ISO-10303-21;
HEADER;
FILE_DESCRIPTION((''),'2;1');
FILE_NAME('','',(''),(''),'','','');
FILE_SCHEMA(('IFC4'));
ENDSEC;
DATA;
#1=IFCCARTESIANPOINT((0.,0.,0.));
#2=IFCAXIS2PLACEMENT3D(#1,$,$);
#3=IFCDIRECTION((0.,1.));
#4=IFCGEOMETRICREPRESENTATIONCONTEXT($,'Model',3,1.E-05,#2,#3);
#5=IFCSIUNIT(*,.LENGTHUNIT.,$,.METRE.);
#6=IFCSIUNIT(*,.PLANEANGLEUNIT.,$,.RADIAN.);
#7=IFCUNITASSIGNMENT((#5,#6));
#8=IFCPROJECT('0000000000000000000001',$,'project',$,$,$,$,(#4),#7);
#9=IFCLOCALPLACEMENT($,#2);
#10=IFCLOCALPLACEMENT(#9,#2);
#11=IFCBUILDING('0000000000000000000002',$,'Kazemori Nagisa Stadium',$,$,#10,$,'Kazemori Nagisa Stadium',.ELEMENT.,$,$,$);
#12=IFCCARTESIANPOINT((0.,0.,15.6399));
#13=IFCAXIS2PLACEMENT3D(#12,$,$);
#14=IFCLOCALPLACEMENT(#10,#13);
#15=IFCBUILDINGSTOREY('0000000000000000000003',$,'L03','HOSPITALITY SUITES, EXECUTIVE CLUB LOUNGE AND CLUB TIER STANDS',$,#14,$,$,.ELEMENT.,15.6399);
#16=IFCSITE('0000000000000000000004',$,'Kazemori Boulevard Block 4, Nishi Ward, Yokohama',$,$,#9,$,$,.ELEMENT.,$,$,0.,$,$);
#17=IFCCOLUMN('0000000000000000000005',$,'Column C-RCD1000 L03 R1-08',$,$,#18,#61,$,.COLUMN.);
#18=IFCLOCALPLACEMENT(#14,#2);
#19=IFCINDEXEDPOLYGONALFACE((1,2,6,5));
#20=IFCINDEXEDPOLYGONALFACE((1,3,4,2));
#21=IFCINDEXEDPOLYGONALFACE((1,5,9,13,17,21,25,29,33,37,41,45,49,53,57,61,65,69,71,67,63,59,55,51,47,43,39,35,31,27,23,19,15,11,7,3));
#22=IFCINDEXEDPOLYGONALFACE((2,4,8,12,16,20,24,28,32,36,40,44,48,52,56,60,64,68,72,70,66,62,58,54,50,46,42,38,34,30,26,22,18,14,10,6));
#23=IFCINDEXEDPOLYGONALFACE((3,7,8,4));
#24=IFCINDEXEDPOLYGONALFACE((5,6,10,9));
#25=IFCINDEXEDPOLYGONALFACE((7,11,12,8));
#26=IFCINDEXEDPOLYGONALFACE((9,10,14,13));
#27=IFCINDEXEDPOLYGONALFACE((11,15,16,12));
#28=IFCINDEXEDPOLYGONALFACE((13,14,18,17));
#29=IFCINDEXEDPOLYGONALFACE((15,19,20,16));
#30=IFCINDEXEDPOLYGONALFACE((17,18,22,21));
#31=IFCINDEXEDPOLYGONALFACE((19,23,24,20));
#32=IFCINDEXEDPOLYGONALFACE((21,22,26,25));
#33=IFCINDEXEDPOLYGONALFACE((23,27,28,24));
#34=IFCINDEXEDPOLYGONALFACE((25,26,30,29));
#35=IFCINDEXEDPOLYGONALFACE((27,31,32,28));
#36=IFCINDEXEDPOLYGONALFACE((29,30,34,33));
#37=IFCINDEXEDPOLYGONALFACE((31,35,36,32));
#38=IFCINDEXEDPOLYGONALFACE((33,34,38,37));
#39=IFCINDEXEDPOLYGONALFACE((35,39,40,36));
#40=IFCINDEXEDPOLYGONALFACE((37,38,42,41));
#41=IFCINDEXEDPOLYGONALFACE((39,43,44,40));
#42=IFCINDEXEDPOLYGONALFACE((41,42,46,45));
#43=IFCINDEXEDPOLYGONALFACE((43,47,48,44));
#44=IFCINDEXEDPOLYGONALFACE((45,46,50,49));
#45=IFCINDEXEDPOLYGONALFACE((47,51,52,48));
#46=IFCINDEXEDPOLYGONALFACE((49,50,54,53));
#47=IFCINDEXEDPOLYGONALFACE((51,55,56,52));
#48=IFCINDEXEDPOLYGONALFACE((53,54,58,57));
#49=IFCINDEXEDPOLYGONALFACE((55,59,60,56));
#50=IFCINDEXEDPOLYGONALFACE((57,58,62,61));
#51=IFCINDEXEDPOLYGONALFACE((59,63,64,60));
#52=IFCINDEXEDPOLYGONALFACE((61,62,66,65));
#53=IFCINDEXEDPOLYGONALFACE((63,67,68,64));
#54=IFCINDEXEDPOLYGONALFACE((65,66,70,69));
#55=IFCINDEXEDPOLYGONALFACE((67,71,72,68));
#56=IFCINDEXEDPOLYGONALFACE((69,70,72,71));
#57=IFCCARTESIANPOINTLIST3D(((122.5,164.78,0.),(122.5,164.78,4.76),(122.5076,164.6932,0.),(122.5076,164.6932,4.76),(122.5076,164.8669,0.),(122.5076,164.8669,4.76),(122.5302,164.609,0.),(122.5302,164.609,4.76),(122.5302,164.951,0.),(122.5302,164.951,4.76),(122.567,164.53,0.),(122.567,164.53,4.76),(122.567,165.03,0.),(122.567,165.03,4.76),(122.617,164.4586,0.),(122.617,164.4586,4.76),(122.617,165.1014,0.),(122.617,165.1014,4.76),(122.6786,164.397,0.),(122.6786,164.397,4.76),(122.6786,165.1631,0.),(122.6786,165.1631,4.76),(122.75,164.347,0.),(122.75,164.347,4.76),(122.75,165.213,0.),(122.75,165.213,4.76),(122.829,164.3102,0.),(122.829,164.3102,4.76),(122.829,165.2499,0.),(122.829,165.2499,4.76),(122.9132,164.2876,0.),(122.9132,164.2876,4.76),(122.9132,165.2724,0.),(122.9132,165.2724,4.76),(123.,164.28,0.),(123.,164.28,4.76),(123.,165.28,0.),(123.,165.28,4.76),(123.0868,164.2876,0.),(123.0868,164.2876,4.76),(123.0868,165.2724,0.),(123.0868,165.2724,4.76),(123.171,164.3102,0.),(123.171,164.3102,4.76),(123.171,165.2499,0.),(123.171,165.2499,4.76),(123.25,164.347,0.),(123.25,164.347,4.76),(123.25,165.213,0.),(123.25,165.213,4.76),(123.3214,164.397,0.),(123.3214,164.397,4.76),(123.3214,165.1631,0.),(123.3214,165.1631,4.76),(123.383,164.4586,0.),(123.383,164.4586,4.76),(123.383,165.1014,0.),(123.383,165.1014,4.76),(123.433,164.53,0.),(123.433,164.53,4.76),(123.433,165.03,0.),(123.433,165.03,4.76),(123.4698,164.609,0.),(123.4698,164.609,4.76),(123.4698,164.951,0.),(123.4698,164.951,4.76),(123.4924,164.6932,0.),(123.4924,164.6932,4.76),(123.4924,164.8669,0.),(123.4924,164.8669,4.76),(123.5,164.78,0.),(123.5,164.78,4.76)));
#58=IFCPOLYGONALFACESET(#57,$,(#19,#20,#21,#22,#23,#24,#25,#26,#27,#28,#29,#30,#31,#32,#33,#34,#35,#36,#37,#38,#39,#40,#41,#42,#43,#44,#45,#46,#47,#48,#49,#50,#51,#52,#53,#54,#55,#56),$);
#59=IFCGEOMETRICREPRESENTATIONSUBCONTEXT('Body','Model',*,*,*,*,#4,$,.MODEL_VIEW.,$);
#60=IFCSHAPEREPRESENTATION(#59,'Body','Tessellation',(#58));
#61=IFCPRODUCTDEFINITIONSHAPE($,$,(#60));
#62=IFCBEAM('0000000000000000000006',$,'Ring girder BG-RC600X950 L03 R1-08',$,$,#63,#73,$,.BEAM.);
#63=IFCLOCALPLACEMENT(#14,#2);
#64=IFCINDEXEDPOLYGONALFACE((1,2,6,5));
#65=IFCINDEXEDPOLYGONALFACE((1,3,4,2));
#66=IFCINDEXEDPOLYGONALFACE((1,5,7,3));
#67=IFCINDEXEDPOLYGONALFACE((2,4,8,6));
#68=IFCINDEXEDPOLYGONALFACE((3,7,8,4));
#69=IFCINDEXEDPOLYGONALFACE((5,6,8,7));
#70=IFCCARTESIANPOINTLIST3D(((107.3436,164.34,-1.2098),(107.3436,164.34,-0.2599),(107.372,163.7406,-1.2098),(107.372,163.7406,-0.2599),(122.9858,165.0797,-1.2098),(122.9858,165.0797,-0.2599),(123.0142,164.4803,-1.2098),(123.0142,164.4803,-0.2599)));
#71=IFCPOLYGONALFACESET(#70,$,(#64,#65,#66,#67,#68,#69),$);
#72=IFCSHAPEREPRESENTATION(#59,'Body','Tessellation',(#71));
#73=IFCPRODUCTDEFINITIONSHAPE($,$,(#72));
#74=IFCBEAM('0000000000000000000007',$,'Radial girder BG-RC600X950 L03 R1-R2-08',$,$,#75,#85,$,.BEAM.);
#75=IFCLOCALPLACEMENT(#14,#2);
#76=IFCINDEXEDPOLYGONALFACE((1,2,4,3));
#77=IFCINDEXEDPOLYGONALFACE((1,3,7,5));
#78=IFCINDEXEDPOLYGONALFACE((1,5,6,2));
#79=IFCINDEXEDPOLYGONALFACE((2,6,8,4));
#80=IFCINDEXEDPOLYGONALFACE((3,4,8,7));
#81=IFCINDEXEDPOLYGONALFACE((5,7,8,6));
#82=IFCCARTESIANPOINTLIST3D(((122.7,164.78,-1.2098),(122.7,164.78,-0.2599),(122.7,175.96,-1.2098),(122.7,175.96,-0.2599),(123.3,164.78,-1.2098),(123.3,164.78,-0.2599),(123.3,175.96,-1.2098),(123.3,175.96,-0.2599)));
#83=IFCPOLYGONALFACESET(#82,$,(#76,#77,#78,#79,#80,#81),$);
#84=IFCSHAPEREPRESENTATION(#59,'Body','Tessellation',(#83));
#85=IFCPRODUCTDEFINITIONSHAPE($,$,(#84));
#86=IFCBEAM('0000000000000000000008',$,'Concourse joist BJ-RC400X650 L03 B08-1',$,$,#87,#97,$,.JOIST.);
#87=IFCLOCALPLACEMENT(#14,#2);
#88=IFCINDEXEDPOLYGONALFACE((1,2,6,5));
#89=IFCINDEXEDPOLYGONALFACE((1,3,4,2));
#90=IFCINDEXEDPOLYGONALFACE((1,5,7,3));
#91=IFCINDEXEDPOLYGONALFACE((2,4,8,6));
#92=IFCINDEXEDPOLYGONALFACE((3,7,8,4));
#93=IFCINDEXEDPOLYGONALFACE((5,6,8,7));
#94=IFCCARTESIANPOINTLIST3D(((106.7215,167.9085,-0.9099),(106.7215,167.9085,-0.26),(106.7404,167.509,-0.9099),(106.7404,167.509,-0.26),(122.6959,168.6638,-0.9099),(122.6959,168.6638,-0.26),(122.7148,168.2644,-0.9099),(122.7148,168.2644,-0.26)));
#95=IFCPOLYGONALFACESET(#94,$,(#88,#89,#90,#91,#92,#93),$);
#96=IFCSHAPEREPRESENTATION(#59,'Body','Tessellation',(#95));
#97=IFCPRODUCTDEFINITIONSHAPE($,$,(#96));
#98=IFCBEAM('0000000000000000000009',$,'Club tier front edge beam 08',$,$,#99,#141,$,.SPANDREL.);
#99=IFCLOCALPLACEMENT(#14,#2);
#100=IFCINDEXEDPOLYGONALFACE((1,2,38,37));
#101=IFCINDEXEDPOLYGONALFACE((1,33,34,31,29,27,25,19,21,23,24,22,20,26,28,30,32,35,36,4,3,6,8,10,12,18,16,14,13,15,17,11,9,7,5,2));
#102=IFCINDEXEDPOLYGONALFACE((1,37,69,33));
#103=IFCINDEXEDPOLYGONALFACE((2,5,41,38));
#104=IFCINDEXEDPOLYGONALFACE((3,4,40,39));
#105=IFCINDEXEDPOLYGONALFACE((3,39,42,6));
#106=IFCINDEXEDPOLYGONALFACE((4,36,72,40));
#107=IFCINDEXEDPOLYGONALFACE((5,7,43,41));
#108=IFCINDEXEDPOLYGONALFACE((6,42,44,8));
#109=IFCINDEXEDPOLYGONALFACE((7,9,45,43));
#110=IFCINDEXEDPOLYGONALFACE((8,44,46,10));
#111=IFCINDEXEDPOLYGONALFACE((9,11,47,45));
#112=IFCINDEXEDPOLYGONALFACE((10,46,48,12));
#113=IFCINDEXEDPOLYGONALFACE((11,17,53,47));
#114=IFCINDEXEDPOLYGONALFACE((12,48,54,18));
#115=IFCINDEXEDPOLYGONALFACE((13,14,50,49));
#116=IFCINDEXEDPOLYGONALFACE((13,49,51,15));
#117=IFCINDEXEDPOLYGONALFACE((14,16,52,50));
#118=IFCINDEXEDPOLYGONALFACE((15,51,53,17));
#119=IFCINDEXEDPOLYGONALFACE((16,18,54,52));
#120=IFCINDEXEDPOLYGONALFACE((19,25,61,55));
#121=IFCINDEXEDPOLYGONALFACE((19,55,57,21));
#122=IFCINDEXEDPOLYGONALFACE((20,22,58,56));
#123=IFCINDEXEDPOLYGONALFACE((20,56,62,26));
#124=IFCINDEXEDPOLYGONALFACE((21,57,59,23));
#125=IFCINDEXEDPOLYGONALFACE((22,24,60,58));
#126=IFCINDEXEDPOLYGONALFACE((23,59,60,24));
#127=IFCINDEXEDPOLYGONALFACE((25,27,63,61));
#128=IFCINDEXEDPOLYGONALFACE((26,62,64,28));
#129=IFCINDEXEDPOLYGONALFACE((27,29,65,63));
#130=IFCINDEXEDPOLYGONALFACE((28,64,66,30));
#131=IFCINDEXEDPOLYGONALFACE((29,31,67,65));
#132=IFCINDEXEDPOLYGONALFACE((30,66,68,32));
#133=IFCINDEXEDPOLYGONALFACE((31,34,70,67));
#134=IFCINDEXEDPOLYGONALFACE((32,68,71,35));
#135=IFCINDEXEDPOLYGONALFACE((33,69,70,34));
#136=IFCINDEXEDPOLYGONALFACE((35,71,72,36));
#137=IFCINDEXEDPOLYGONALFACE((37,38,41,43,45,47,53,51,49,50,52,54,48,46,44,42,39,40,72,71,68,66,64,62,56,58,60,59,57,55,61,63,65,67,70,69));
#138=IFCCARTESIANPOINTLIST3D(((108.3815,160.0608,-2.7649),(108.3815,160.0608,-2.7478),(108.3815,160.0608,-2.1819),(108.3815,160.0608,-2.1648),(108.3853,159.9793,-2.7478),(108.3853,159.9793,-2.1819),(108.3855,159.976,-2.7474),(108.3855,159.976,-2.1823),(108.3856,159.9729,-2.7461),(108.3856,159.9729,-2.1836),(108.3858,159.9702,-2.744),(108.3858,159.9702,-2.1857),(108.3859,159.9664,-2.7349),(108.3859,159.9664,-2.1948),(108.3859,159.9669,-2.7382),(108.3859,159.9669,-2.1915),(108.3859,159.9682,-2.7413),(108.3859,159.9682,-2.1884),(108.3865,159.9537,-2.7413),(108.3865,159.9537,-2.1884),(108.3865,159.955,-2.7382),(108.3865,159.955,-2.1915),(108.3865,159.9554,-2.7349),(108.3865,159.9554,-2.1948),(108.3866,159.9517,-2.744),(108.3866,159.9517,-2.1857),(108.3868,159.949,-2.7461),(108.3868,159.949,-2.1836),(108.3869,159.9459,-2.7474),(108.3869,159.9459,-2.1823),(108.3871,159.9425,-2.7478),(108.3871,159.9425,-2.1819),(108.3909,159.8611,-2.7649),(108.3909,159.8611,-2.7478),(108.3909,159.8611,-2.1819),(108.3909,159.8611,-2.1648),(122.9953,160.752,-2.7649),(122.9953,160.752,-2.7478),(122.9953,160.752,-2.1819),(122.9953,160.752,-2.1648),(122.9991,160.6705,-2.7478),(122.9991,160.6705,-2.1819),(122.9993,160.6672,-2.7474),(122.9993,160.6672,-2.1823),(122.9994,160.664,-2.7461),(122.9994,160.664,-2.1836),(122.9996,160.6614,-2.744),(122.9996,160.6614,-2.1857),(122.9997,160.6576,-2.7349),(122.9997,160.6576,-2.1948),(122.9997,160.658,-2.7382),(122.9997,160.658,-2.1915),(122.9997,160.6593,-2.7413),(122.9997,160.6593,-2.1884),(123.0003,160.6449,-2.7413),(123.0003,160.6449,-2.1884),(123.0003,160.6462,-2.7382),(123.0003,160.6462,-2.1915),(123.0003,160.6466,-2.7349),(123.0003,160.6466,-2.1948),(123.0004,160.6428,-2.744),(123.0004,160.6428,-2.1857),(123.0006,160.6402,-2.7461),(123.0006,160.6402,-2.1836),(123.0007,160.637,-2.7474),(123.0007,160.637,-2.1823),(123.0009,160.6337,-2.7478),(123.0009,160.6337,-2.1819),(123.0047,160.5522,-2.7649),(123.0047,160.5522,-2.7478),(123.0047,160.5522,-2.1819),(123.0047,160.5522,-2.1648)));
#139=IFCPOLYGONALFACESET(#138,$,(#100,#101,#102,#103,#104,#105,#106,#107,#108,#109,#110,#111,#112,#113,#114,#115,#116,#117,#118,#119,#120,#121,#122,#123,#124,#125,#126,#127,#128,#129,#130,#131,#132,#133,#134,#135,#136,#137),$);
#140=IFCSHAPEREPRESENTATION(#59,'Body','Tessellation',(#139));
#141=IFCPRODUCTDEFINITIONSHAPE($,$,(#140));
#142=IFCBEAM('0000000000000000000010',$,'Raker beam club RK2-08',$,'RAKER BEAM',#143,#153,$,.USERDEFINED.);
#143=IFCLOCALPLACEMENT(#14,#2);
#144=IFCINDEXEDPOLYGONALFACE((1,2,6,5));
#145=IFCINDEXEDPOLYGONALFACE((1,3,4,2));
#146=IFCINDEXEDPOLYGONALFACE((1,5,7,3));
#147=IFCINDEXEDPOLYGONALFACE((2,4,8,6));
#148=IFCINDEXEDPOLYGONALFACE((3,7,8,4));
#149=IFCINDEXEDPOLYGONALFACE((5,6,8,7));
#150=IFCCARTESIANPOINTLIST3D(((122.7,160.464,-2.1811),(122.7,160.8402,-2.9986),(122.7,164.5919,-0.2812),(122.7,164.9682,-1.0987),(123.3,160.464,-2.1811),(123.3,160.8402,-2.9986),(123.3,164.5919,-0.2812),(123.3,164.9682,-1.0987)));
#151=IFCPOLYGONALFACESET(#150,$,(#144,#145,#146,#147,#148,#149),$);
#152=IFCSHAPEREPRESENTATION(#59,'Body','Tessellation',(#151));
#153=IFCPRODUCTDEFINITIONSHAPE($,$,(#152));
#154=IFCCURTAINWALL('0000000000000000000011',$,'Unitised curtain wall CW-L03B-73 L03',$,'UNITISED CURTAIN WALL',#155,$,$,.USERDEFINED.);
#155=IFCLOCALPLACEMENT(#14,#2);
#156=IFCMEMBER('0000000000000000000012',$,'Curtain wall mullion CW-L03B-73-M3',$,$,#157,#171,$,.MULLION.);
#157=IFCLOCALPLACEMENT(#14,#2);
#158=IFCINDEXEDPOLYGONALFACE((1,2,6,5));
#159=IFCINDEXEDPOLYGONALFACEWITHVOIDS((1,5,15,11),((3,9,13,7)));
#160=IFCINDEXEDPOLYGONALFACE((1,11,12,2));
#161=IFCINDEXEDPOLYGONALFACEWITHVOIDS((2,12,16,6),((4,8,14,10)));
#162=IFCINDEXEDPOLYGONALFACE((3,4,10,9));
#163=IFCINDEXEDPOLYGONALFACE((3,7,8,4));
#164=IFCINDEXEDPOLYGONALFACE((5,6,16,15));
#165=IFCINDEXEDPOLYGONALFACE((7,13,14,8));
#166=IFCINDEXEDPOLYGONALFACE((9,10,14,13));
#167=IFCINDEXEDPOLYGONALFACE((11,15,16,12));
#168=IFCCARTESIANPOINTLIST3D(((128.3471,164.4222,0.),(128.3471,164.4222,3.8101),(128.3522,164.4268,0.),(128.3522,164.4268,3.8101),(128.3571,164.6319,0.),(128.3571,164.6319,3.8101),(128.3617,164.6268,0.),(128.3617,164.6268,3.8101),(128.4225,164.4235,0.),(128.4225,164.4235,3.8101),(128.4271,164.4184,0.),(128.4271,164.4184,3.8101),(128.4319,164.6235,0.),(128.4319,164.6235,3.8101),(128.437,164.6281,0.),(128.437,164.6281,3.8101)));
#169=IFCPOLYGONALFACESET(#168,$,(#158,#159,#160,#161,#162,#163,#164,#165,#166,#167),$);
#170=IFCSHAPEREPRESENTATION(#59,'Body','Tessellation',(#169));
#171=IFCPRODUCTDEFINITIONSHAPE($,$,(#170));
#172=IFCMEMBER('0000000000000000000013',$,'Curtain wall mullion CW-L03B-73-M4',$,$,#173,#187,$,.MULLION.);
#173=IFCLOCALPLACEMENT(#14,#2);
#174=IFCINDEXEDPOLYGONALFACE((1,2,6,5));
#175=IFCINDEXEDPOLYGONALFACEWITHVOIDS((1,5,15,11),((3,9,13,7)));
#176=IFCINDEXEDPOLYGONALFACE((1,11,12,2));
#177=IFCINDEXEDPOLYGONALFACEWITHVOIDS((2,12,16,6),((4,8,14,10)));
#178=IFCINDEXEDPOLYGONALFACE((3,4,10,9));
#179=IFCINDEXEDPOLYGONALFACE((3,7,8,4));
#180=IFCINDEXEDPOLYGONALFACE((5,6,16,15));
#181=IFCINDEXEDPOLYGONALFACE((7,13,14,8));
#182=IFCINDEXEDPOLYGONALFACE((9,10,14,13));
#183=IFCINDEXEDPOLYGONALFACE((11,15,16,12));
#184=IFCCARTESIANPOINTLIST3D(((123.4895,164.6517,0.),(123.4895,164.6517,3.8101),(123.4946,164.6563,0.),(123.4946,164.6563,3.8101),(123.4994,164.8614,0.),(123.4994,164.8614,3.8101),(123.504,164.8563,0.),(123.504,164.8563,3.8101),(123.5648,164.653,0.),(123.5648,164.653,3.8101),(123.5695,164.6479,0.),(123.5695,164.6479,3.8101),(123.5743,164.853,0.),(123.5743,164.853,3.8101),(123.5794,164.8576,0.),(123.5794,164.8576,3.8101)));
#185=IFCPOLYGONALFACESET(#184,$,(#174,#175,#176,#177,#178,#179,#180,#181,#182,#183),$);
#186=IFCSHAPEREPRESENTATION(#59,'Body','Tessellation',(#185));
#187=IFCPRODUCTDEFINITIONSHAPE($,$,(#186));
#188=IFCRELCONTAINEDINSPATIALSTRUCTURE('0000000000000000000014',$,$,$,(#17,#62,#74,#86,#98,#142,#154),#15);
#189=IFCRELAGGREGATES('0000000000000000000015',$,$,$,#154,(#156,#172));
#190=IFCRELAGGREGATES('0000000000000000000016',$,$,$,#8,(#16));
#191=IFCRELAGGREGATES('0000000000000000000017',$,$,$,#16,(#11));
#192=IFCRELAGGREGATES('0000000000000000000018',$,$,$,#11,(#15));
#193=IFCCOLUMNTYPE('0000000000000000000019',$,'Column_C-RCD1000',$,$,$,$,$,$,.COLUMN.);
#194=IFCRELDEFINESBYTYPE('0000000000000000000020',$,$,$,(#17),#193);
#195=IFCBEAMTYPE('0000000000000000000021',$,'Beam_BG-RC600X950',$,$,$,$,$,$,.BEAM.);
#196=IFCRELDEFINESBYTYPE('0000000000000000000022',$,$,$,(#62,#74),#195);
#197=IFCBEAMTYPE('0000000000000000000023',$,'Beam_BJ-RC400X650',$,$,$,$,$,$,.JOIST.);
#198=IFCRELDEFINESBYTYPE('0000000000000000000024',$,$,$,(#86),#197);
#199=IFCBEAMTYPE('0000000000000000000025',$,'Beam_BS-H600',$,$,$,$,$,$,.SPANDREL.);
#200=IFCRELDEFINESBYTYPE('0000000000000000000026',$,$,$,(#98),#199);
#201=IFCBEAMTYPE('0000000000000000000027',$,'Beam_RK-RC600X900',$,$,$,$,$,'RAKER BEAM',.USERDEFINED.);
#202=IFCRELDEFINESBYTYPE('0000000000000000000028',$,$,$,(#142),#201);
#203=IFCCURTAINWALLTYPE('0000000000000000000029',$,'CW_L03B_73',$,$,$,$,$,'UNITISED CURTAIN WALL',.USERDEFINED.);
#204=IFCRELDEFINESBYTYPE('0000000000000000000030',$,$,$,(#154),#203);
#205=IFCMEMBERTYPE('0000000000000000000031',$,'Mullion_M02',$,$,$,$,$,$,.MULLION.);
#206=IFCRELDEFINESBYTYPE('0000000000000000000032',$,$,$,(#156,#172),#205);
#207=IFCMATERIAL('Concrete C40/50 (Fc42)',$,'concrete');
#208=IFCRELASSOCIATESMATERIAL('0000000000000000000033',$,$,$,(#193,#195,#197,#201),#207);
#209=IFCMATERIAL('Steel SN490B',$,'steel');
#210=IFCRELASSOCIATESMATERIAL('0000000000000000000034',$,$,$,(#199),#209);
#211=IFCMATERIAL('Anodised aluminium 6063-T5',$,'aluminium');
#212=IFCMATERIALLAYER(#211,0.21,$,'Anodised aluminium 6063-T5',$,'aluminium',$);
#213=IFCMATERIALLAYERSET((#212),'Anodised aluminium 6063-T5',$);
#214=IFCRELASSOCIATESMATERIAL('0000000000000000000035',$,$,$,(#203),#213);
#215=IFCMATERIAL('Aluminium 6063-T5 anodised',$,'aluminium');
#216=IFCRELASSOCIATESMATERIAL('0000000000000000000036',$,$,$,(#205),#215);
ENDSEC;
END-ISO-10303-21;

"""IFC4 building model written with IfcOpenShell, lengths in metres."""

from ifc_helpers import new_model, si_unit, direction, frame, origin, origin_2d, place, context, subcontext, project, spatial, rectangle, hollow_rectangle, circle, i_section, extrude, material, layer, layer_set, material_profile, profile_set, type_object, element, aggregate, save


model = new_model("IFC4")

# Units and contexts
model_context = context("Model", 3, precision=1e-05, world=origin(), true_north=direction((0.0, 1.0)))
body_context = subcontext(model_context, "Body", "Model", "MODEL_VIEW")
ifc_project = project(units=[si_unit("LENGTHUNIT", "METRE"), si_unit("PLANEANGLEUNIT", "RADIAN")], contexts=[model_context])

# Site, building, storey
site_placement = place(None, origin())
site = spatial("IfcSite", under=ifc_project, at=site_placement, Name="Kazemori Boulevard Block 4, Nishi Ward, Yokohama", CompositionType="ELEMENT", RefElevation=0.0)
building_placement = place(site_placement, origin())
building = spatial("IfcBuilding", under=site, at=building_placement, Name="Kazemori Nagisa Stadium", LongName="Kazemori Nagisa Stadium", CompositionType="ELEMENT")
storey_placement = place(building_placement, frame((0.0, 0.0, 15.6399)))
storey = spatial("IfcBuildingStorey", under=building, at=storey_placement, Name="L03", Description="HOSPITALITY SUITES, EXECUTIVE CLUB LOUNGE AND CLUB TIER STANDS", CompositionType="ELEMENT", Elevation=15.6399)

# Column
ifc_material_1 = material(Name="Concrete C40/50 (Fc42)", Category="concrete")
ifc_material_profile_1 = material_profile(ifc_material_1, circle(Radius=0.5, at=origin_2d()), Name="RC-COL-D1000")
ifc_profile_set_1 = profile_set([ifc_material_profile_1], Name="Concrete C40/50 (Fc42)")
column_type = type_object("IfcColumnType", Name="Column_C-RCD1000", PredefinedType="COLUMN", material=ifc_profile_set_1)
column_placement = place(storey_placement, frame((123.0, 164.78, 0.0), z_axis=(0.0, 0.0, 1.0), x_axis=(0.0, 1.0, 0.0)))
element("IfcColumn", 1, at=column_placement, inside=storey, type_object=column_type, Name="Column C-RCD1000 L03 R1-08", PredefinedType="COLUMN", context=body_context, shape_type="SweptSolid", body=[
    extrude(circle(Radius=0.5, at=origin_2d()), origin(), (0.0, 0.0, 1.0), 4.76),
])

# Beams
ifc_material_profile_2 = material_profile(ifc_material_1, rectangle(XDim=0.6001, YDim=0.95, at=origin_2d()), Name="RC-BM-600x950")
ifc_profile_set_2 = profile_set([ifc_material_profile_2], Name="Concrete C40/50 (Fc42)")
beam_type_1 = type_object("IfcBeamType", Name="Beam_BG-RC600X950", PredefinedType="BEAM", material=ifc_profile_set_2)
beam_1_placement = place(storey_placement, frame((123.0, 164.78, -0.7349), z_axis=(-0.998884, -0.047239, 0.0), x_axis=(0.047239, -0.998884, 0.0)))
element("IfcBeam", 2, at=beam_1_placement, inside=storey, type_object=beam_type_1, Name="Ring girder BG-RC600X950 L03 R1-08", PredefinedType="BEAM", context=body_context, shape_type="SweptSolid", body=[
    extrude(rectangle(XDim=0.6001, YDim=0.95, at=origin_2d()), origin(), (0.0, 0.0, 1.0), 15.6597),
])
beam_2_placement = place(storey_placement, frame((123.0, 164.78, -0.7349), z_axis=(0.0, 1.0, 0.0), x_axis=(-1.0, 0.0, 0.0)))
element("IfcBeam", 3, at=beam_2_placement, inside=storey, type_object=beam_type_1, Name="Radial girder BG-RC600X950 L03 R1-R2-08", PredefinedType="BEAM", context=body_context, shape_type="SweptSolid", body=[
    extrude(rectangle(XDim=0.6001, YDim=0.95, at=origin_2d()), origin(), (0.0, 0.0, 1.0), 11.1799),
])
ifc_material_profile_3 = material_profile(ifc_material_1, rectangle(XDim=0.3999, YDim=0.6499, at=origin_2d()), Name="RC-BM-400x650")
ifc_profile_set_3 = profile_set([ifc_material_profile_3], Name="Concrete C40/50 (Fc42)")
beam_type_2 = type_object("IfcBeamType", Name="Beam_BJ-RC400X650", PredefinedType="JOIST", material=ifc_profile_set_3)
beam_3_placement = place(storey_placement, frame((122.7053, 168.4641, -0.585), z_axis=(-0.998884, -0.047234, 0.0), x_axis=(0.047234, -0.998884, 0.0)))
element("IfcBeam", 4, at=beam_3_placement, inside=storey, type_object=beam_type_2, Name="Concourse joist BJ-RC400X650 L03 B08-1", PredefinedType="JOIST", context=body_context, shape_type="SweptSolid", body=[
    extrude(rectangle(XDim=0.3999, YDim=0.6499, at=origin_2d()), origin(), (0.0, 0.0, 1.0), 15.9922),
])
ifc_material_2 = material(Name="Steel SN490B", Category="steel")
ifc_material_profile_4 = material_profile(ifc_material_2, i_section(OverallWidth=0.2, OverallDepth=0.6001, WebThickness=0.011, FlangeThickness=0.0171, FilletRadius=0.0129, at=origin_2d()), Name="H-600x200x11x17")
ifc_profile_set_4 = profile_set([ifc_material_profile_4], Name="Steel SN490B")
beam_type_3 = type_object("IfcBeamType", Name="Beam_BS-H600", PredefinedType="SPANDREL", material=ifc_profile_set_4)
beam_4_placement = place(storey_placement, frame((123.0, 160.6521, -2.4648), z_axis=(-0.998883, -0.047242, 0.0), x_axis=(0.047242, -0.998883, 0.0)))
element("IfcBeam", 5, at=beam_4_placement, inside=storey, type_object=beam_type_3, Name="Club tier front edge beam 08", PredefinedType="SPANDREL", context=body_context, shape_type="SweptSolid", body=[
    extrude(i_section(OverallWidth=0.2, OverallDepth=0.6001, WebThickness=0.011, FlangeThickness=0.0171, FilletRadius=0.0129, at=origin_2d()), origin(), (0.0, 0.0, 1.0), 14.6301),
])
ifc_material_profile_5 = material_profile(ifc_material_1, rectangle(XDim=0.6001, YDim=0.8999, at=origin_2d()), Name="RC-RK-600x900")
ifc_profile_set_5 = profile_set([ifc_material_profile_5], Name="Concrete C40/50 (Fc42)")
beam_type_4 = type_object("IfcBeamType", Name="Beam_RK-RC600X900", ElementType="RAKER BEAM", PredefinedType="USERDEFINED", material=ifc_profile_set_5)
beam_5_placement = place(storey_placement, frame((123.0, 160.6521, -2.5898), z_axis=(0.0, 0.908402, 0.418097), x_axis=(-1.0, 0.0, 0.0)))
element("IfcBeam", 6, at=beam_5_placement, inside=storey, type_object=beam_type_4, Name="Raker beam club RK2-08", ObjectType="RAKER BEAM", PredefinedType="USERDEFINED", context=body_context, shape_type="SweptSolid", body=[
    extrude(rectangle(XDim=0.6001, YDim=0.8999, at=origin_2d()), origin(), (0.0, 0.0, 1.0), 4.5442),
])

# Curtain wall, members
ifc_material_3 = material(Name="Anodised aluminium 6063-T5", Category="aluminium")
ifc_layer_1 = layer(ifc_material_3, 0.21, Name="Anodised aluminium 6063-T5", Category="aluminium")
ifc_layer_set_1 = layer_set([ifc_layer_1], Name="Anodised aluminium 6063-T5")
curtain_wall_type = type_object("IfcCurtainWallType", Name="CW_L03B_73", ElementType="UNITISED CURTAIN WALL", PredefinedType="USERDEFINED", material=ifc_layer_set_1)
curtain_wall_1_placement = place(storey_placement, origin())
curtain_wall_1 = element("IfcCurtainWall", 7, at=curtain_wall_1_placement, inside=storey, type_object=curtain_wall_type, Name="Unitised curtain wall CW-L03B-73 L03", ObjectType="UNITISED CURTAIN WALL", PredefinedType="USERDEFINED")
ifc_material_4 = material(Name="Aluminium 6063-T5 anodised", Category="aluminium")
ifc_material_profile_6 = material_profile(ifc_material_4, hollow_rectangle(XDim=0.0801, YDim=0.21, WallThickness=0.0049, at=origin_2d()), Name="ALU-MULL-80x210x5")
ifc_profile_set_6 = profile_set([ifc_material_profile_6], Name="Aluminium 6063-T5 anodised")
member_type_1 = type_object("IfcMemberType", Name="Mullion_M02", PredefinedType="MULLION", material=ifc_profile_set_6)
member_1_placement = place(storey_placement, frame((128.3921, 164.5251, 0.0), z_axis=(0.0, 0.0, 1.0), x_axis=(-0.998884, 0.04723, 0.0)))
member_1 = element("IfcMember", 8, at=member_1_placement, type_object=member_type_1, Name="Curtain wall mullion CW-L03B-73-M3", PredefinedType="MULLION", context=body_context, shape_type="SweptSolid", body=[
    extrude(hollow_rectangle(XDim=0.0801, YDim=0.21, WallThickness=0.0049, at=origin_2d()), origin(), (0.0, 0.0, 1.0), 3.8101),
])
member_2_placement = place(storey_placement, frame((123.5344, 164.7546, 0.0), z_axis=(0.0, 0.0, 1.0), x_axis=(-0.998884, 0.04723, 0.0)))
member_2 = element("IfcMember", 9, at=member_2_placement, type_object=member_type_1, Name="Curtain wall mullion CW-L03B-73-M4", PredefinedType="MULLION", context=body_context, shape_type="SweptSolid", body=[
    extrude(hollow_rectangle(XDim=0.0801, YDim=0.21, WallThickness=0.0049, at=origin_2d()), origin(), (0.0, 0.0, 1.0), 3.8101),
])

aggregate(curtain_wall_1, [member_1, member_2])

save(model, "model.ifc")
